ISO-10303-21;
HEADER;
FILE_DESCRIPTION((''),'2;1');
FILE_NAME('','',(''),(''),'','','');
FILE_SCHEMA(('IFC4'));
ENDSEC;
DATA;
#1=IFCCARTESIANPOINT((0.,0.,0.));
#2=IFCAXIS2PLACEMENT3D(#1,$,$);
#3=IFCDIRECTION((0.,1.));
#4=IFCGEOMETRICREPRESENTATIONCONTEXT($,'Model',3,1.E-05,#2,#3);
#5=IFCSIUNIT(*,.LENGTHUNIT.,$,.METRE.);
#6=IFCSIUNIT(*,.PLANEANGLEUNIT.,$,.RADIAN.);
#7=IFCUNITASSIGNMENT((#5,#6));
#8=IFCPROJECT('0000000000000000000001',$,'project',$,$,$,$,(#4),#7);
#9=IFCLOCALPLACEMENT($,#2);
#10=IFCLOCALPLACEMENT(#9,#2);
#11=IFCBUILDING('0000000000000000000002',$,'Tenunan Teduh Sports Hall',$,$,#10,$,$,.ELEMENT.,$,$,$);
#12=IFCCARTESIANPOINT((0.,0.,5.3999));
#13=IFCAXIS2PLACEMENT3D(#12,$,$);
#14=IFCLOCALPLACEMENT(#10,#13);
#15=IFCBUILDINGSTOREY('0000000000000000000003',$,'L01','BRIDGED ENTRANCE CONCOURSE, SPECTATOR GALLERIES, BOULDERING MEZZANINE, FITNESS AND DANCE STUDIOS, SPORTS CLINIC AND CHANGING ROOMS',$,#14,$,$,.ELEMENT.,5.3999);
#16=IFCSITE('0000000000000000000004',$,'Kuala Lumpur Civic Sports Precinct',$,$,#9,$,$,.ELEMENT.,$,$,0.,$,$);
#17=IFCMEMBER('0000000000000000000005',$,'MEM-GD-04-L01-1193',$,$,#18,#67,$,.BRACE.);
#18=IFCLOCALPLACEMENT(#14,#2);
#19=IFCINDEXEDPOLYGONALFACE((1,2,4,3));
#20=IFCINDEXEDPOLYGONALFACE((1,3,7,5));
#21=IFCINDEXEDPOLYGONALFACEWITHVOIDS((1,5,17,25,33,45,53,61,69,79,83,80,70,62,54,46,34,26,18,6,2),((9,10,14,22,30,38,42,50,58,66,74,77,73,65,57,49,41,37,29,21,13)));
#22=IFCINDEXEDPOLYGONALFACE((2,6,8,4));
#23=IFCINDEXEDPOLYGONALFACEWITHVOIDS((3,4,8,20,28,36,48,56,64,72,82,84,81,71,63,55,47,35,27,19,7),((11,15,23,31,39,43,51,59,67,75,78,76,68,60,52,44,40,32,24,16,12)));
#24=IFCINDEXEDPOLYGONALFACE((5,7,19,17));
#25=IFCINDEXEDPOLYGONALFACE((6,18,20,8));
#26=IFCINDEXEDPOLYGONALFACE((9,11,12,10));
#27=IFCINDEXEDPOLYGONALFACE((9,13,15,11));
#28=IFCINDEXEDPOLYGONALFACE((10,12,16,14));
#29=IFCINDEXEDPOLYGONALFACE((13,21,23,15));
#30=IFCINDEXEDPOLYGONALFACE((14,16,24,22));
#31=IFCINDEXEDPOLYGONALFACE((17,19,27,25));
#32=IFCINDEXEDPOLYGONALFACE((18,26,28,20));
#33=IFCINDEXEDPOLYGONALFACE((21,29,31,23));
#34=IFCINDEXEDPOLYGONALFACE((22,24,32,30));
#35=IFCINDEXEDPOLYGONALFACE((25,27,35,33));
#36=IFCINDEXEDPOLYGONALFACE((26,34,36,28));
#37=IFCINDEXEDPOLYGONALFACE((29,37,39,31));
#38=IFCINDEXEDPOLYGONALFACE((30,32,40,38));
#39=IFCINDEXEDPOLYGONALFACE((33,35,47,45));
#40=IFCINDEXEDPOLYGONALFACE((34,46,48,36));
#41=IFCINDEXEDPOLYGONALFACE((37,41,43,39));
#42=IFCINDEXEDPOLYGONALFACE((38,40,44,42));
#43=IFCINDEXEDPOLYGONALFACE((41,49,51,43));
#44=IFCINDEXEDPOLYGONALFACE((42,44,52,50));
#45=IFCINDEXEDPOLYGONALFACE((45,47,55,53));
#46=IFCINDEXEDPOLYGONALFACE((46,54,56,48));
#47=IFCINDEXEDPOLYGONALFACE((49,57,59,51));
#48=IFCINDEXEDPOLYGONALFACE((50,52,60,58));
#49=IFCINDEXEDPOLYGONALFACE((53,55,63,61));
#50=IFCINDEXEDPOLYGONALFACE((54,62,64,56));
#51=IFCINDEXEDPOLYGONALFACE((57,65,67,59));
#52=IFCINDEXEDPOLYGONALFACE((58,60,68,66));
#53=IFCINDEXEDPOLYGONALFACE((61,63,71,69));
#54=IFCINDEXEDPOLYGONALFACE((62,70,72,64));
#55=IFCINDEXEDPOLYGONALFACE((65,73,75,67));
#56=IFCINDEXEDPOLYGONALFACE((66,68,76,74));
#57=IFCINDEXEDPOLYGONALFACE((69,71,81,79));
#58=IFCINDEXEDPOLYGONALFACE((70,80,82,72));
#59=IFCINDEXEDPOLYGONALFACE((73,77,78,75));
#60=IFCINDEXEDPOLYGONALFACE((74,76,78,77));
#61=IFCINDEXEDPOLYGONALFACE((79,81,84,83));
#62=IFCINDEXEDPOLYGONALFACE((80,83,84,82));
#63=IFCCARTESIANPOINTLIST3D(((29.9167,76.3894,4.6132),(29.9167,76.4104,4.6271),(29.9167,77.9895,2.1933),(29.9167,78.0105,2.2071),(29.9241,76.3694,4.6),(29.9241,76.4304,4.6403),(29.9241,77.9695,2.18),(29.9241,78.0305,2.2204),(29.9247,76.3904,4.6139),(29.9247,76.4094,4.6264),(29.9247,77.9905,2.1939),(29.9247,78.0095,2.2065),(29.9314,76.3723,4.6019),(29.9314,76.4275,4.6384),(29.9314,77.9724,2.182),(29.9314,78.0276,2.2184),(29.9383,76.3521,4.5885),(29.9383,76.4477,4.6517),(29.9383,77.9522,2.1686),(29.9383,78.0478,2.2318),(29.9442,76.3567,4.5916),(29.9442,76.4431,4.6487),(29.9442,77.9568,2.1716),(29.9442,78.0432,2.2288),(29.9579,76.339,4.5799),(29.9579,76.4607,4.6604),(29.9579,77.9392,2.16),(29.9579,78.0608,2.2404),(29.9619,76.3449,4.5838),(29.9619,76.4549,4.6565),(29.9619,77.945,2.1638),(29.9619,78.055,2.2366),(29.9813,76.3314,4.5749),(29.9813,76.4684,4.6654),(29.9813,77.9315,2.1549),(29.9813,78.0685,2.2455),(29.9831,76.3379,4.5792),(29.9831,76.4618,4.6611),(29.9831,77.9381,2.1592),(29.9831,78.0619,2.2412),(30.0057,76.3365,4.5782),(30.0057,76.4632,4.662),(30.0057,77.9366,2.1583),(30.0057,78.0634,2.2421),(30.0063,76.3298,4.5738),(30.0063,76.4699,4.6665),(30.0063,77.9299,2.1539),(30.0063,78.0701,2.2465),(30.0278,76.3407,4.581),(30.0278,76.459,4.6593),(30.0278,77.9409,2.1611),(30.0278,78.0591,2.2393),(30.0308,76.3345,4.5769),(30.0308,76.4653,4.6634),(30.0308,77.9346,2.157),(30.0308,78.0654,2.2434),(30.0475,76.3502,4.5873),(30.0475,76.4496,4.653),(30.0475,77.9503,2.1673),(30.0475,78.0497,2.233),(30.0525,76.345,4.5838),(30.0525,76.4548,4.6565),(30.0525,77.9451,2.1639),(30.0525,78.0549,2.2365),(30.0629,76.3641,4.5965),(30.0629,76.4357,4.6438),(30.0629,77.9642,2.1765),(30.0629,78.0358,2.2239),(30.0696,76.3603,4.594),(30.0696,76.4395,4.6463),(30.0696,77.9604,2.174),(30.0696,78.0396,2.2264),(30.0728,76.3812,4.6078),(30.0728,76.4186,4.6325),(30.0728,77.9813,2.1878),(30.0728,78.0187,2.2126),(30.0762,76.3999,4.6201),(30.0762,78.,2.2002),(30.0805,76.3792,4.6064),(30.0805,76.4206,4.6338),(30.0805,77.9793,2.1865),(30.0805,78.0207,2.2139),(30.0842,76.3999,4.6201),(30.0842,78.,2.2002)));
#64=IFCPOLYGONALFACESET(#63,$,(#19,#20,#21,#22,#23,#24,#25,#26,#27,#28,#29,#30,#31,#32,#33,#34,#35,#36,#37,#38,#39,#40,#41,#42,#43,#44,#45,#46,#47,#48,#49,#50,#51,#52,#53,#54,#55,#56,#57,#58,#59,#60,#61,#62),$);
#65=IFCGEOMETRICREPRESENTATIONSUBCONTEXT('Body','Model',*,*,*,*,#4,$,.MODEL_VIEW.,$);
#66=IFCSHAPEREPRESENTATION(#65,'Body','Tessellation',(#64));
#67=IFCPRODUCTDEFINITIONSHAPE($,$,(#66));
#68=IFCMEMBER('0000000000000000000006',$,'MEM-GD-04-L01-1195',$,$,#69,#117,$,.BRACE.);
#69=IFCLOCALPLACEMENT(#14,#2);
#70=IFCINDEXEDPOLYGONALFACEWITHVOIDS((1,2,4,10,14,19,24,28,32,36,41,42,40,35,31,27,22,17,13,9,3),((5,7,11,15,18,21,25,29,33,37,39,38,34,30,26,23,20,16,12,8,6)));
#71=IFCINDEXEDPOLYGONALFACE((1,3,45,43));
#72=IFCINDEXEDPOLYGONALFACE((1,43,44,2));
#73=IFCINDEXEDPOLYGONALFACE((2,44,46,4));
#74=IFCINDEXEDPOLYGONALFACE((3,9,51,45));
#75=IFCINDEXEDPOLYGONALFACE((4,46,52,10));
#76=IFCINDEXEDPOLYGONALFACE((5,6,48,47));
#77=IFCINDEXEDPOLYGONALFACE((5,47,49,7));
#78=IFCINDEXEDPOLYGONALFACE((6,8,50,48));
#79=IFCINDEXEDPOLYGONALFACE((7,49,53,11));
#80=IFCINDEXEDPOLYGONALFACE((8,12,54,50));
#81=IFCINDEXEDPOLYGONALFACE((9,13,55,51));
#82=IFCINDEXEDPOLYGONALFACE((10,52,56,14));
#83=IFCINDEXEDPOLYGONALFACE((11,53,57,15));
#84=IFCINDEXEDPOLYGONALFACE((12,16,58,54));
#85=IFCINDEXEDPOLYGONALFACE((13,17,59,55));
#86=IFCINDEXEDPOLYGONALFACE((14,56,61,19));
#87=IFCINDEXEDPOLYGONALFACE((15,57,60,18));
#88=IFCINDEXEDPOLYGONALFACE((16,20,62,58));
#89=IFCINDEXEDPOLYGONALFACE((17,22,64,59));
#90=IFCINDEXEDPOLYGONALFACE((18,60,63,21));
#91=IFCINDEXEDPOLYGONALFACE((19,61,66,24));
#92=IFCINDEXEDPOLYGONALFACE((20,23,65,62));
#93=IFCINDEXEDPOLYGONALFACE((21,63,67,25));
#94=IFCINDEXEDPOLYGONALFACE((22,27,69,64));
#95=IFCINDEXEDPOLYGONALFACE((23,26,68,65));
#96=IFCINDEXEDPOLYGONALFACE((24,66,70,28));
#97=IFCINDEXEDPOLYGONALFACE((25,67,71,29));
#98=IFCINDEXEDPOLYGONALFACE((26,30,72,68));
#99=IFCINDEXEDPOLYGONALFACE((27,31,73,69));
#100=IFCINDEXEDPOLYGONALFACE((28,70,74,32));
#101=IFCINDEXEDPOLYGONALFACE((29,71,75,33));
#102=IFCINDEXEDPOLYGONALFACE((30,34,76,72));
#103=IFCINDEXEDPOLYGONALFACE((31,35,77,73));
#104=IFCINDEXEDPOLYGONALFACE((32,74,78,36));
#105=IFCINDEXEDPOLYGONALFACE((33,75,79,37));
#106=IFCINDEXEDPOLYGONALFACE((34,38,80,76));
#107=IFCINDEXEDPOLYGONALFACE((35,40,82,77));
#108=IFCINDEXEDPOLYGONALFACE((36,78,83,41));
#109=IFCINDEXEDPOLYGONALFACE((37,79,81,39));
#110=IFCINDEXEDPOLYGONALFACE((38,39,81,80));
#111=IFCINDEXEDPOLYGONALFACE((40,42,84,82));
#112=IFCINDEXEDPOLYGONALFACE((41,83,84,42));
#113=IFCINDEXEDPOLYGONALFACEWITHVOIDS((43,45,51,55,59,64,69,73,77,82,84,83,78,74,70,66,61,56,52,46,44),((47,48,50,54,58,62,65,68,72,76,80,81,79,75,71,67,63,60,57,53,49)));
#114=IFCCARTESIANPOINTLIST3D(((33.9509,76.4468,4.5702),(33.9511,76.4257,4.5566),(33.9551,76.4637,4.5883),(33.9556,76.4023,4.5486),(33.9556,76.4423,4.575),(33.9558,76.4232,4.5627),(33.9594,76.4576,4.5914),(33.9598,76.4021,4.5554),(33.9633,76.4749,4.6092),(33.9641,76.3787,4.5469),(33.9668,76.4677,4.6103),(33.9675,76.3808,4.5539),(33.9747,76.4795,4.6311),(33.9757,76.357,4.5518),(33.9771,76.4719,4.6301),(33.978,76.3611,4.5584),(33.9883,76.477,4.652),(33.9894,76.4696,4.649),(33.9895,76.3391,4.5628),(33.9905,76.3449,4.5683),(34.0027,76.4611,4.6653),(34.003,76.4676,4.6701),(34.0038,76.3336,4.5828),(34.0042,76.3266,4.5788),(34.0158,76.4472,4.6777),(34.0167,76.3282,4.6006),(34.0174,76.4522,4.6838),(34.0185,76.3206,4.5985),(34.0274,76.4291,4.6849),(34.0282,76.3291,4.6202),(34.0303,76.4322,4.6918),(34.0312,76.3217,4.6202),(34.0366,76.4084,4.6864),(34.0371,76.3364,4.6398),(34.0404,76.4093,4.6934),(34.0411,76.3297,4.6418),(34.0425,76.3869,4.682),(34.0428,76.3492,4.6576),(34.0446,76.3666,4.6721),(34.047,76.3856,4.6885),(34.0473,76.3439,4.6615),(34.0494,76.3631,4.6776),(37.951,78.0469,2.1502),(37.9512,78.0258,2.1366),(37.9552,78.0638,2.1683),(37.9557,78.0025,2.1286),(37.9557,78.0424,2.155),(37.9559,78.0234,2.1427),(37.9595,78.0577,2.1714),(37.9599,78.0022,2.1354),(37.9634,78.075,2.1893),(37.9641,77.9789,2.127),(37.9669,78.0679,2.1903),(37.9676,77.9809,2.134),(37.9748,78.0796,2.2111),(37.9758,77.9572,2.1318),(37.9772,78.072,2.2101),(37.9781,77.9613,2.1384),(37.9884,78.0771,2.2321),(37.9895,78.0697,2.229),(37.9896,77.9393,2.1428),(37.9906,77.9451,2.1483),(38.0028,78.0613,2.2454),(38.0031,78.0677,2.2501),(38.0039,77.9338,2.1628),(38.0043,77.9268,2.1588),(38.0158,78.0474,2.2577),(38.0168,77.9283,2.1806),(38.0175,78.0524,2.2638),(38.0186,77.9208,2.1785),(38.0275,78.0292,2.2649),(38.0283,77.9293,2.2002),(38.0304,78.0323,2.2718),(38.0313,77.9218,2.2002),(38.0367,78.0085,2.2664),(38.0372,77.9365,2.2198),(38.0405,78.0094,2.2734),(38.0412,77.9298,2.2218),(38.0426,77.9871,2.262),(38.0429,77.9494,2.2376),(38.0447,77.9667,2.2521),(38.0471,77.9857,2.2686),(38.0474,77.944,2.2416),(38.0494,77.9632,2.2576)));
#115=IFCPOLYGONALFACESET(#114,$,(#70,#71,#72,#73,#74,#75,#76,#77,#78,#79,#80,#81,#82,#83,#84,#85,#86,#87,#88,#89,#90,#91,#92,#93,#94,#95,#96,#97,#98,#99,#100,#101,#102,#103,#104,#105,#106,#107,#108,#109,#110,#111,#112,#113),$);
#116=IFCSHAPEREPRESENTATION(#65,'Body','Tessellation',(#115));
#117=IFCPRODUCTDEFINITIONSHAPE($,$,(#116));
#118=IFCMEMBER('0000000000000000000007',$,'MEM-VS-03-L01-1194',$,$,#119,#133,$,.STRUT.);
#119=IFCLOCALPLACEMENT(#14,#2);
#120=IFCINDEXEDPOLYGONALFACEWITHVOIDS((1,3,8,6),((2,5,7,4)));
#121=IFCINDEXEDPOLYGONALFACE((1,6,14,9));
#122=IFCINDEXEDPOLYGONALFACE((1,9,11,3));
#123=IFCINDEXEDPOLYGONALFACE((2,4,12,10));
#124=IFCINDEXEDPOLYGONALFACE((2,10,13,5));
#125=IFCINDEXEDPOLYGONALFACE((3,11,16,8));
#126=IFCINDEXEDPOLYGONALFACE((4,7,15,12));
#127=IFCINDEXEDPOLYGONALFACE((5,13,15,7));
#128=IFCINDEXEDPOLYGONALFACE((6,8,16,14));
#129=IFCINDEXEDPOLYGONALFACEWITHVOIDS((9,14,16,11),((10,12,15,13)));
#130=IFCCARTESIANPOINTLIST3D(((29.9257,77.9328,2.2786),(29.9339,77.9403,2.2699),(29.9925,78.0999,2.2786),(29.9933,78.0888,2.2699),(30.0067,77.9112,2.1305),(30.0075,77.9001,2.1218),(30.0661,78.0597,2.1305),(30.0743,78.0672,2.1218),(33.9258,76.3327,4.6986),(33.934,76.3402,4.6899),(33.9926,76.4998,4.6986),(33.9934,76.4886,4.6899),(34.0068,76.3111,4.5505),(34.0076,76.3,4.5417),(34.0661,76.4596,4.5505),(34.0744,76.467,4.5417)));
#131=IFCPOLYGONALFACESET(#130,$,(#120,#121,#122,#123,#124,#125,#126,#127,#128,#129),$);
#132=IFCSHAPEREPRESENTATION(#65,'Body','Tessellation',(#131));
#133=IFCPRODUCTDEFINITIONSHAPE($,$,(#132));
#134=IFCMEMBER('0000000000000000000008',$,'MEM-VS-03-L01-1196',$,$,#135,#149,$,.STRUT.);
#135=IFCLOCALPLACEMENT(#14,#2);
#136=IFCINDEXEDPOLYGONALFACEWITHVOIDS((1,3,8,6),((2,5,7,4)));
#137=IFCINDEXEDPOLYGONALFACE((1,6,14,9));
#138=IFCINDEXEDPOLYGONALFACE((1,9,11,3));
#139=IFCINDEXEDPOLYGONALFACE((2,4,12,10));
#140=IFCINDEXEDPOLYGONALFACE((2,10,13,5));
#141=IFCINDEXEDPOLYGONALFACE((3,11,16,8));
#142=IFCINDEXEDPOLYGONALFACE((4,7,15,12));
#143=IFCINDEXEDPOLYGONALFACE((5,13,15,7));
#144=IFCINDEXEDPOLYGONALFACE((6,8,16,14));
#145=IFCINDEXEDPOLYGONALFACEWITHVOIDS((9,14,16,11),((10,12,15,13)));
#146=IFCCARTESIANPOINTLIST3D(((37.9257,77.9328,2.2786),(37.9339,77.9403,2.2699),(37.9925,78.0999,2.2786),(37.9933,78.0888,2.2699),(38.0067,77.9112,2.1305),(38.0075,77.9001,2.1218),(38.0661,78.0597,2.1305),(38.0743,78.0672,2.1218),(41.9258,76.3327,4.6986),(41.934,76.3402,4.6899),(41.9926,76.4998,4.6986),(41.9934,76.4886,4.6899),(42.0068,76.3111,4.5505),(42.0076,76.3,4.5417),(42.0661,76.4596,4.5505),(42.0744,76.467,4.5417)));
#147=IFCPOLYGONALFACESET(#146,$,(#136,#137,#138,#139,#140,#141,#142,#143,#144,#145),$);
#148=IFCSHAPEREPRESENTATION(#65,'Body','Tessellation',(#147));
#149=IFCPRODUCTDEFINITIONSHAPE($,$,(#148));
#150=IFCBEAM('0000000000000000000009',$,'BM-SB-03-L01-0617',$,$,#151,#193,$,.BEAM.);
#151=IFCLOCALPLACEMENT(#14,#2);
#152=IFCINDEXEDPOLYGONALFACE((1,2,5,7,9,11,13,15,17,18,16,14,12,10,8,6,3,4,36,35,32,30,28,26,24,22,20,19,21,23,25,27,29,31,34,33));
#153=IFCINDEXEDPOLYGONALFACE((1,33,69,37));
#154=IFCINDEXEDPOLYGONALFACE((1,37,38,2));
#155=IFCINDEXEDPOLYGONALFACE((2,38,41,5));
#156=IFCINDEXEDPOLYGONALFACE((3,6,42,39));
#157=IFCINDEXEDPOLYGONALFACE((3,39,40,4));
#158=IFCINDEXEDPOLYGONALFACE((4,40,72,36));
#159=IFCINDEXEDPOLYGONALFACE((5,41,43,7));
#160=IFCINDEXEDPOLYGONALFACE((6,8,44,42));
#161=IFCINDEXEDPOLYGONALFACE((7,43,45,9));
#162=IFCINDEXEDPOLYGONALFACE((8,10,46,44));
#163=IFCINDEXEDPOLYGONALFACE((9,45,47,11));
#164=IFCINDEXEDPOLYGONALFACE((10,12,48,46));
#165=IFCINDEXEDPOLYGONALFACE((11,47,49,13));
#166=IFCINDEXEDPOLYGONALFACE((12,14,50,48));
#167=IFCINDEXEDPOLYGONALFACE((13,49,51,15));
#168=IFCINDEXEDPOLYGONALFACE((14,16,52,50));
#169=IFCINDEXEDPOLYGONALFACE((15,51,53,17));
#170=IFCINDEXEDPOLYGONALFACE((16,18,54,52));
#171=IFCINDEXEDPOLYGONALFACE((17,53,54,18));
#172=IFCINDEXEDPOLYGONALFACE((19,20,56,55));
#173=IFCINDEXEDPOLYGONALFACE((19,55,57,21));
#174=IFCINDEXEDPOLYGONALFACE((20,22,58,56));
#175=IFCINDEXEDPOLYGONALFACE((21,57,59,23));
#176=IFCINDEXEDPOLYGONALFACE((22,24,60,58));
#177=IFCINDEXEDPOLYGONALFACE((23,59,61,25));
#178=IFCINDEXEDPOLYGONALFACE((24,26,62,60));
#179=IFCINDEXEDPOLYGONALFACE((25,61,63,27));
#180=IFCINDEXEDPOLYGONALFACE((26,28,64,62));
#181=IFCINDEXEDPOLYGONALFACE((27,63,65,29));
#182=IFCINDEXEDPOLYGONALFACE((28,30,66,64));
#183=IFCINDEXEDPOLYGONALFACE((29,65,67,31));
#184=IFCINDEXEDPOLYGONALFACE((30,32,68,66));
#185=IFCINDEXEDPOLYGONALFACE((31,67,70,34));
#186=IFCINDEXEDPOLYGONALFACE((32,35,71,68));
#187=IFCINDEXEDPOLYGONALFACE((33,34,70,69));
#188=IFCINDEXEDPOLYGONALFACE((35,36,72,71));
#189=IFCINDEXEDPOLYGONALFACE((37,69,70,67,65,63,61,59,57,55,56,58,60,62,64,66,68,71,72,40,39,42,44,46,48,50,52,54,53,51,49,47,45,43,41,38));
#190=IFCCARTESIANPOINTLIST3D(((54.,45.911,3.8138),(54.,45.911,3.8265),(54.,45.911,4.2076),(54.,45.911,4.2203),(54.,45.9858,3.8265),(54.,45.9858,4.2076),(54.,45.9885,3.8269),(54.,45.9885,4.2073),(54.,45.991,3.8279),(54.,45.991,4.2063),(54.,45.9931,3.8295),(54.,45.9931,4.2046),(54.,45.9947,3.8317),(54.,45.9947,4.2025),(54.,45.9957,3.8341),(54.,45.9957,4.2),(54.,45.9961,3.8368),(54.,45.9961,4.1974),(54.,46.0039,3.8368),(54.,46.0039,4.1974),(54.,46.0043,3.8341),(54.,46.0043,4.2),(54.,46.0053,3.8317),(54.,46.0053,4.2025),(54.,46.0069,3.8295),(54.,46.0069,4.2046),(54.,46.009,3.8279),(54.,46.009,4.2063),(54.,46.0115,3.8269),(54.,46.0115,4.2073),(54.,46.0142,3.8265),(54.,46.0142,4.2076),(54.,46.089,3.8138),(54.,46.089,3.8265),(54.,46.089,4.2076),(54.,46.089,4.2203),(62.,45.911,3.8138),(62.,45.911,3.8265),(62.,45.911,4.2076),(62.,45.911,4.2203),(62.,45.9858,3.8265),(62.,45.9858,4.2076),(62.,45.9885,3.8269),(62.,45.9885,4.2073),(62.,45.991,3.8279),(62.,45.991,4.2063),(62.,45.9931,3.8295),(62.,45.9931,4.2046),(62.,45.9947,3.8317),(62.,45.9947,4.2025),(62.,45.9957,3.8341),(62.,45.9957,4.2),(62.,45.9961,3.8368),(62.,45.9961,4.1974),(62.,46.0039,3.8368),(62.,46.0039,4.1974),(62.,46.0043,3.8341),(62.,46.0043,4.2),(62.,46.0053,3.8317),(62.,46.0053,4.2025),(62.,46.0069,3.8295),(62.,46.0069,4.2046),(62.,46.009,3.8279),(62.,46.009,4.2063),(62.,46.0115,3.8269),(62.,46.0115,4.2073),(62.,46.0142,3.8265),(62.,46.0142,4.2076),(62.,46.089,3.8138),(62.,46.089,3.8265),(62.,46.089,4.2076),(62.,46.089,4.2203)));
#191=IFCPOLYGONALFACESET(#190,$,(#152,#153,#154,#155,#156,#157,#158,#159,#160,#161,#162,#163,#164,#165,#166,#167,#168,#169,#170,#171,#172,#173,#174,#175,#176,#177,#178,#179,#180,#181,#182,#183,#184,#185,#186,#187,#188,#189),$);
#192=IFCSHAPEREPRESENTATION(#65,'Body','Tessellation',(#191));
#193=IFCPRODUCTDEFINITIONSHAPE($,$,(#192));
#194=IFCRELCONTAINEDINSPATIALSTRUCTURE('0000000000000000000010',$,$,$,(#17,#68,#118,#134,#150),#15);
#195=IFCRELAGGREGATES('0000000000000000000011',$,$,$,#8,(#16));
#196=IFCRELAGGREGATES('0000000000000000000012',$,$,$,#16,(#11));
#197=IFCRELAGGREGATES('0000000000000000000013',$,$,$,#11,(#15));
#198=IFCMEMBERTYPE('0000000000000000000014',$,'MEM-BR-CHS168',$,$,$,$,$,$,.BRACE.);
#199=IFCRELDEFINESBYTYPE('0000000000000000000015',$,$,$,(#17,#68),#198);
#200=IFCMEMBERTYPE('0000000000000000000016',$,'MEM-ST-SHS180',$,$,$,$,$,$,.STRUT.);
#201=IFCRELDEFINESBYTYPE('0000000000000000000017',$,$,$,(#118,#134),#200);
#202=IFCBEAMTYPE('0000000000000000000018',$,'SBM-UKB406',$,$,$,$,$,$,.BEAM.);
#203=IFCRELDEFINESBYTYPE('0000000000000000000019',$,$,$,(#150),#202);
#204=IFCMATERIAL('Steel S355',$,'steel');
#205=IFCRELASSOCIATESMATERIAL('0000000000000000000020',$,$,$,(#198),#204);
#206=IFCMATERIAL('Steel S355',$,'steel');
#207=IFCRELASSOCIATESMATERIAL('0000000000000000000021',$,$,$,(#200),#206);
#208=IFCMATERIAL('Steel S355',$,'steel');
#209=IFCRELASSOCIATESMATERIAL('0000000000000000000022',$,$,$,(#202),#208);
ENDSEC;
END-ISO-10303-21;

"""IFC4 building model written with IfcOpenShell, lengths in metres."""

from ifc_helpers import new_model, si_unit, direction, frame, origin, origin_2d, place, context, subcontext, project, spatial, hollow_rectangle, hollow_circle, i_section, extrude, material, material_profile, profile_set, type_object, element, save


model = new_model("IFC4")

# Units and contexts
model_context = context("Model", 3, precision=1e-05, world=origin(), true_north=direction((0.0, 1.0)))
body_context = subcontext(model_context, "Body", "Model", "MODEL_VIEW")
ifc_project = project(units=[si_unit("LENGTHUNIT", "METRE"), si_unit("PLANEANGLEUNIT", "RADIAN")], contexts=[model_context])

# Site, building, storey
site_placement = place(None, origin())
site = spatial("IfcSite", under=ifc_project, at=site_placement, Name="Kuala Lumpur Civic Sports Precinct", CompositionType="ELEMENT", RefElevation=0.0)
building_placement = place(site_placement, origin())
building = spatial("IfcBuilding", under=site, at=building_placement, Name="Tenunan Teduh Sports Hall", CompositionType="ELEMENT")
storey_placement = place(building_placement, frame((0.0, 0.0, 5.3999)))
storey = spatial("IfcBuildingStorey", under=building, at=storey_placement, Name="L01", Description="BRIDGED ENTRANCE CONCOURSE, SPECTATOR GALLERIES, BOULDERING MEZZANINE, FITNESS AND DANCE STUDIOS, SPORTS CLINIC AND CHANGING ROOMS", CompositionType="ELEMENT", Elevation=5.3999)

# Members
ifc_material_1 = material(Name="Steel S355", Category="steel")
ifc_material_profile_1 = material_profile(ifc_material_1, hollow_circle(Radius=0.0842, WallThickness=0.0081, at=origin_2d()), Name="CHS 168.3x8.0")
ifc_profile_set_1 = profile_set([ifc_material_profile_1], Name="Steel S355")
member_type_1 = type_object("IfcMemberType", Name="MEM-BR-CHS168", PredefinedType="BRACE", material=ifc_profile_set_1)
member_1_placement = place(storey_placement, frame((30.0, 78.0, 2.2002), z_axis=(0.0, -0.55155, 0.834142), x_axis=(1.0, 0.0, 0.0)))
element("IfcMember", 1, at=member_1_placement, inside=storey, type_object=member_type_1, Name="MEM-GD-04-L01-1193", PredefinedType="BRACE", context=body_context, shape_type="SweptSolid", body=[
    extrude(hollow_circle(Radius=0.0842, WallThickness=0.0081, at=origin_2d()), origin(), (0.0, 0.0, 1.0), 2.9011),
])
member_2_placement = place(storey_placement, frame((38.0, 78.0, 2.2002), z_axis=(-0.809505, -0.323822, 0.489735), x_axis=(0.37141, -0.928469, 0.0)))
element("IfcMember", 2, at=member_2_placement, inside=storey, type_object=member_type_1, Name="MEM-GD-04-L01-1195", PredefinedType="BRACE", context=body_context, shape_type="SweptSolid", body=[
    extrude(hollow_circle(Radius=0.0842, WallThickness=0.0081, at=origin_2d()), origin(), (0.0, 0.0, 1.0), 4.9414),
])
ifc_material_2 = material(Name="Steel S355", Category="steel")
ifc_material_profile_2 = material_profile(ifc_material_2, hollow_rectangle(XDim=0.1799, YDim=0.1799, WallThickness=0.01, at=origin_2d()), Name="SHS 180x180x10.0")
ifc_profile_set_2 = profile_set([ifc_material_profile_2], Name="Steel S355")
member_type_2 = type_object("IfcMemberType", Name="MEM-ST-SHS180", PredefinedType="STRUT", material=ifc_profile_set_2)
for number, where, z_axis, x_axis, name in (
    (3, (30.0, 78.0, 2.2002), (0.809505, -0.323822, 0.489735), (0.37141, 0.928469, 0.0), "MEM-VS-03-L01-1194"),
    (4, (38.0, 78.0, 2.2002), (0.809505, -0.323822, 0.489735), (0.37141, 0.928469, 0.0), "MEM-VS-03-L01-1196"),
):
    element("IfcMember", number, at=place(storey_placement, frame(where, z_axis=z_axis, x_axis=x_axis)), inside=storey, type_object=member_type_2, Name=name, PredefinedType="STRUT", context=body_context, shape_type="SweptSolid", body=[
        extrude(hollow_rectangle(XDim=0.1799, YDim=0.1799, WallThickness=0.01, at=origin_2d()), origin(), (0.0, 0.0, 1.0), 4.9414),
    ])

# Beam
ifc_material_3 = material(Name="Steel S355", Category="steel")
ifc_material_profile_3 = material_profile(ifc_material_3, i_section(OverallWidth=0.178, OverallDepth=0.4065, WebThickness=0.0078, FlangeThickness=0.0127, FilletRadius=0.0103, at=origin_2d()), Name="UKB 406x178x60")
ifc_profile_set_3 = profile_set([ifc_material_profile_3], Name="Steel S355")
beam_type_1 = type_object("IfcBeamType", Name="SBM-UKB406", PredefinedType="BEAM", material=ifc_profile_set_3)
beam_1_placement = place(storey_placement, frame((54.0, 46.0, 4.0171), z_axis=(1.0, 0.0, 0.0), x_axis=(0.0, 1.0, 0.0)))
element("IfcBeam", 5, at=beam_1_placement, inside=storey, type_object=beam_type_1, Name="BM-SB-03-L01-0617", PredefinedType="BEAM", context=body_context, shape_type="SweptSolid", body=[
    extrude(i_section(OverallWidth=0.178, OverallDepth=0.4065, WebThickness=0.0078, FlangeThickness=0.0127, FilletRadius=0.0103, at=origin_2d()), origin(), (0.0, 0.0, 1.0), 8.0),
])

save(model, "model.ifc")
